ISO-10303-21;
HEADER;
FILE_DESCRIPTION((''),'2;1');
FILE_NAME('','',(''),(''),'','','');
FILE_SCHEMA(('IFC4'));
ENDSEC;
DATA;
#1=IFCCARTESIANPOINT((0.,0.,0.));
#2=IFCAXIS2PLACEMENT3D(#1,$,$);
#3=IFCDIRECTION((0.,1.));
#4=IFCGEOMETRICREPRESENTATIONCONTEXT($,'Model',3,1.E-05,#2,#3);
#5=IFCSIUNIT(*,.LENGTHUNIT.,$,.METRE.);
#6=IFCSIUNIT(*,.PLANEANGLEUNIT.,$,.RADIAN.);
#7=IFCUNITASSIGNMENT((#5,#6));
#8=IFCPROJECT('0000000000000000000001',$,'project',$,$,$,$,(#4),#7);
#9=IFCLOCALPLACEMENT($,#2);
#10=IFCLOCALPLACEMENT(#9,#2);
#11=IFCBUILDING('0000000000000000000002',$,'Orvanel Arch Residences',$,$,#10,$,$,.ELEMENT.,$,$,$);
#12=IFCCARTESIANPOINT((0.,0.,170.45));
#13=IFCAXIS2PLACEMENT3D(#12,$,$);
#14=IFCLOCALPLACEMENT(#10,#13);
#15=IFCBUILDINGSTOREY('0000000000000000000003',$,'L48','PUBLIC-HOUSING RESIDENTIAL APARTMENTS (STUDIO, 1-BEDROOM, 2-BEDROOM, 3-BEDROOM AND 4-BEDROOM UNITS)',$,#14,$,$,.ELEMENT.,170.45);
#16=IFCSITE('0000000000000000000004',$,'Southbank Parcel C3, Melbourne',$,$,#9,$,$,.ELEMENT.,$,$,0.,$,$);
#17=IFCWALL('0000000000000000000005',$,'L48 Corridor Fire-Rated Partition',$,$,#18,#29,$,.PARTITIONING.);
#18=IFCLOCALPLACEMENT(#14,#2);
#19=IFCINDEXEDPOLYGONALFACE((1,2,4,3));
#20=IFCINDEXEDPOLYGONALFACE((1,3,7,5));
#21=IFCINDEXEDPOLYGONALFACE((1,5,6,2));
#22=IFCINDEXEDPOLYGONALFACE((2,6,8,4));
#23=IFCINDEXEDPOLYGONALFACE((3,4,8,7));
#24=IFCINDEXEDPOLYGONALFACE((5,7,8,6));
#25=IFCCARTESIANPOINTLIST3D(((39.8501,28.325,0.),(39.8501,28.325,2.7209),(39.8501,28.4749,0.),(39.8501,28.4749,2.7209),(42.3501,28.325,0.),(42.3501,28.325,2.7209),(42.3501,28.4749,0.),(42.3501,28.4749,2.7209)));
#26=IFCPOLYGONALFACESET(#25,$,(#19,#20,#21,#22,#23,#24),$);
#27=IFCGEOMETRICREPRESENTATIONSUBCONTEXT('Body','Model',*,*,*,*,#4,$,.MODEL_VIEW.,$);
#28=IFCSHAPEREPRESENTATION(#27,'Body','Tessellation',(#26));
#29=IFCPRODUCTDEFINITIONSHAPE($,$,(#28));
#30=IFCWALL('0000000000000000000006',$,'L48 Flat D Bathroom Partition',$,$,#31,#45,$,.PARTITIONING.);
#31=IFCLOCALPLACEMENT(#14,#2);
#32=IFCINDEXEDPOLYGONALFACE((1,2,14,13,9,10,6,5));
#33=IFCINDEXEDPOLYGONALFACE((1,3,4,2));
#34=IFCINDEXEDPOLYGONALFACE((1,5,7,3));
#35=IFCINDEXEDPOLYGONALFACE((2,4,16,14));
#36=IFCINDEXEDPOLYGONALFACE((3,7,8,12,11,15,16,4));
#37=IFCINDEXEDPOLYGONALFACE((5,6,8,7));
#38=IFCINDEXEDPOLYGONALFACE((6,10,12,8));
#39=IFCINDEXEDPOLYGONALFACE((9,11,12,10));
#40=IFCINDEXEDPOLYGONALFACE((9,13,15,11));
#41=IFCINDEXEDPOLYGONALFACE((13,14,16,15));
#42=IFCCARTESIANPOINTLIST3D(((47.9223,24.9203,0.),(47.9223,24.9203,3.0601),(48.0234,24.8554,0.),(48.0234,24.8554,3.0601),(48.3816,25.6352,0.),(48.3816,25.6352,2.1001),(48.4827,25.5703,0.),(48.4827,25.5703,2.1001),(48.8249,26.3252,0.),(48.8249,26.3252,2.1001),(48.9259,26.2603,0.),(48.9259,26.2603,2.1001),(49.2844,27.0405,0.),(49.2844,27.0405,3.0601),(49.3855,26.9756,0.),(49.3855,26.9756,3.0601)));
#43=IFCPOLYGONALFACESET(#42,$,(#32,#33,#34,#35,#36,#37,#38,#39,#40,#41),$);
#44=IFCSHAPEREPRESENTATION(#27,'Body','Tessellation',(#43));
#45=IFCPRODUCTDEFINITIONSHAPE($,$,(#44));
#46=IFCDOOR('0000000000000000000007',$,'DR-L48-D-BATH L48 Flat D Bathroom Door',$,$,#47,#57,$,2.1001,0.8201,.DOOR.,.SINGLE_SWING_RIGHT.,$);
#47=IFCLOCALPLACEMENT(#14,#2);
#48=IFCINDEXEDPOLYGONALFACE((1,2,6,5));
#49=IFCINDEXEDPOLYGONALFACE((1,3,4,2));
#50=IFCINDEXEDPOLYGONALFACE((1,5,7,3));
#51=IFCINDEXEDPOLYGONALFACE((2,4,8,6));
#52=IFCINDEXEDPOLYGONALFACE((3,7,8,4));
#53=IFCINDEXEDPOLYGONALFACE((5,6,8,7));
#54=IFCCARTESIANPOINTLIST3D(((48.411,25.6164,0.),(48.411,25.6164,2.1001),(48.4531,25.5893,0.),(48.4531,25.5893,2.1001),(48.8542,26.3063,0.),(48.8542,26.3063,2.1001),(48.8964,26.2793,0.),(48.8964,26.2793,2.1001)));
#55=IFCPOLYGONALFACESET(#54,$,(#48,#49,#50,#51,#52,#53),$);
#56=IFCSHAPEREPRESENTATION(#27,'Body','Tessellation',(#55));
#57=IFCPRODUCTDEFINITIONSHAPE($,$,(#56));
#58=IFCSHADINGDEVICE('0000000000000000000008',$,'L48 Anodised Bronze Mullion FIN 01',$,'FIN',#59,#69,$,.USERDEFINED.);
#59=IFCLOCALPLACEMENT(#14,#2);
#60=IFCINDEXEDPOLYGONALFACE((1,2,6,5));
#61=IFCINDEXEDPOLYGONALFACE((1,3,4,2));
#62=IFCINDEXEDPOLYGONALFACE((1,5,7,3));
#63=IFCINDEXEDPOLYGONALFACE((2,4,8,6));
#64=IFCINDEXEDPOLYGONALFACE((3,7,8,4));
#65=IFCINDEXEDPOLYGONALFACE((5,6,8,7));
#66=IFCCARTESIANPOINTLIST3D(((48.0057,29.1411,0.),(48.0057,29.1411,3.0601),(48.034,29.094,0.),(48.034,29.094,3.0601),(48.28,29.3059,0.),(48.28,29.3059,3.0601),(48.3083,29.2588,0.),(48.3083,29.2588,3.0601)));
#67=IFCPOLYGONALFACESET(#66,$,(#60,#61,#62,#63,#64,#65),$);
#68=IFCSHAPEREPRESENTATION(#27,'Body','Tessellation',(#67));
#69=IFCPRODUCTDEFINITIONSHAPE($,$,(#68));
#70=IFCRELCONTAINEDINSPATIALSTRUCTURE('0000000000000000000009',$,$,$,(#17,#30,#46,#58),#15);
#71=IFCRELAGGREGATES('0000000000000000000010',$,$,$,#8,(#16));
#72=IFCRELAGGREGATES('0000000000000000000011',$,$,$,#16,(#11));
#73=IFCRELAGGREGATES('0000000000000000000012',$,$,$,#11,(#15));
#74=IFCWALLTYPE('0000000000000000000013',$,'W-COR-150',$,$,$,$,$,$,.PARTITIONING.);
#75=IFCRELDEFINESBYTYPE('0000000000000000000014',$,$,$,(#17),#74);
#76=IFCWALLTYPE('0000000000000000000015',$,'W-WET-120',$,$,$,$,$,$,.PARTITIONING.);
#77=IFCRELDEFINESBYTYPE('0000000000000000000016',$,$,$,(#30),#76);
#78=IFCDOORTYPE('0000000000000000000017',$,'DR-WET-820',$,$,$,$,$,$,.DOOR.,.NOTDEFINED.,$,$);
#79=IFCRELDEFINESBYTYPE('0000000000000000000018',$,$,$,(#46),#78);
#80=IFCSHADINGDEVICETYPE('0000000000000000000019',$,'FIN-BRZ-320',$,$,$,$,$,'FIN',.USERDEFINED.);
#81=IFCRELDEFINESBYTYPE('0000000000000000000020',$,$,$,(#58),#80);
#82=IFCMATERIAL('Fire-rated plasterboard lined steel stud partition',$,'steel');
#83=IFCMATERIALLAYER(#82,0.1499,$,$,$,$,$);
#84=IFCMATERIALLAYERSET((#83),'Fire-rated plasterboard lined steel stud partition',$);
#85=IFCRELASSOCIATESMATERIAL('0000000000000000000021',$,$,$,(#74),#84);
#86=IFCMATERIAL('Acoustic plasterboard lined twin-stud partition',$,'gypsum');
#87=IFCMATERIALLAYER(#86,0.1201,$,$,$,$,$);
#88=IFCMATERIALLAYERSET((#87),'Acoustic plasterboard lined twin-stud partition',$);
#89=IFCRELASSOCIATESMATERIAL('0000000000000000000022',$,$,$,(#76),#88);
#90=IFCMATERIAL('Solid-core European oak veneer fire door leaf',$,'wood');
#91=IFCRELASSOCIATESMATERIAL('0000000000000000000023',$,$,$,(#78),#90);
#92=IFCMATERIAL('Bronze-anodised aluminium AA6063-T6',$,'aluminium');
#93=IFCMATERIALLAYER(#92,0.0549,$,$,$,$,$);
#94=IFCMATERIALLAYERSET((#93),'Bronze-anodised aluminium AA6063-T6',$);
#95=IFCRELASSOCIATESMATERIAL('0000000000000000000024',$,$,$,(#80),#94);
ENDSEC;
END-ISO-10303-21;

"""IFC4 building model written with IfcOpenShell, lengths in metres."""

from ifc_helpers import new_model, si_unit, direction, frame, frame_2d, origin, origin_2d, place, context, subcontext, project, spatial, rectangle, extrude, material, layer, layer_set, type_object, element, fill, save


model = new_model("IFC4")

# Units and contexts
model_context = context("Model", 3, precision=1e-05, world=origin(), true_north=direction((0.0, 1.0)))
body_context = subcontext(model_context, "Body", "Model", "MODEL_VIEW")
ifc_project = project(units=[si_unit("LENGTHUNIT", "METRE"), si_unit("PLANEANGLEUNIT", "RADIAN")], contexts=[model_context])

# Site, building, storey
site_placement = place(None, origin())
site = spatial("IfcSite", under=ifc_project, at=site_placement, Name="Southbank Parcel C3, Melbourne", CompositionType="ELEMENT", RefElevation=0.0)
building_placement = place(site_placement, origin())
building = spatial("IfcBuilding", under=site, at=building_placement, Name="Orvanel Arch Residences", CompositionType="ELEMENT")
storey_placement = place(building_placement, frame((0.0, 0.0, 170.45)))
storey = spatial("IfcBuildingStorey", under=building, at=storey_placement, Name="L48", Description="PUBLIC-HOUSING RESIDENTIAL APARTMENTS (STUDIO, 1-BEDROOM, 2-BEDROOM, 3-BEDROOM AND 4-BEDROOM UNITS)", CompositionType="ELEMENT", Elevation=170.45)

# Shared definitions
ifc_material_1 = material(Name="Bronze-anodised aluminium AA6063-T6", Category="aluminium")

# Wall
ifc_material_2 = material(Name="Fire-rated plasterboard lined steel stud partition", Category="steel")
ifc_layer_1 = layer(ifc_material_2, 0.1499)
ifc_layer_set_1 = layer_set([ifc_layer_1], Name="Fire-rated plasterboard lined steel stud partition")
wall_type_1 = type_object("IfcWallType", Name="W-COR-150", PredefinedType="PARTITIONING", material=ifc_layer_set_1)
wall_1_placement = place(storey_placement, frame((39.8501, 28.3999, 0.0), z_axis=(0.0, 0.0, 1.0), x_axis=(1.0, 0.0, 0.0)))
element("IfcWall", 1, at=wall_1_placement, inside=storey, type_object=wall_type_1, Name="L48 Corridor Fire-Rated Partition", PredefinedType="PARTITIONING", context=body_context, shape_type="SweptSolid", body=[
    extrude(rectangle(XDim=2.5, YDim=0.1499, at=frame_2d((1.25, 0.0))), origin(), (0.0, 0.0, 1.0), 2.7209),
])

# Wall, opening, door
ifc_material_3 = material(Name="Solid-core European oak veneer fire door leaf", Category="wood")
ifc_material_4 = material(Name="Acoustic plasterboard lined twin-stud partition", Category="gypsum")
ifc_layer_2 = layer(ifc_material_4, 0.1201)
ifc_layer_set_2 = layer_set([ifc_layer_2], Name="Acoustic plasterboard lined twin-stud partition")
wall_type_2 = type_object("IfcWallType", Name="W-WET-120", PredefinedType="PARTITIONING", material=ifc_layer_set_2)
wall_2_placement = place(storey_placement, frame((49.335, 27.0081, 0.0), z_axis=(0.0, 0.0, 1.0), x_axis=(-0.540513, -0.841336, 0.0)))
wall_2 = element("IfcWall", 2, at=wall_2_placement, inside=storey, type_object=wall_type_2, Name="L48 Flat D Bathroom Partition", PredefinedType="PARTITIONING", context=body_context, shape_type="SweptSolid", body=[
    extrude(rectangle(XDim=2.52, YDim=0.1201, at=frame_2d((1.26, 0.0))), origin(), (0.0, 0.0, 1.0), 3.0601),
])
opening_1_placement = place(wall_2_placement, frame((0.8501, 0.0, 0.0)))
opening_1 = element("IfcOpeningElement", 3, at=opening_1_placement, cuts=wall_2, PredefinedType="OPENING", context=body_context, shape_type="SweptSolid", body=[
    extrude(rectangle(XDim=0.8201, YDim=2.1001, at=frame_2d((0.4102, 1.05))), frame((0.0, 0.0701, 0.0), z_axis=(0.0, -1.0, 0.0), x_axis=(1.0, 0.0, 0.0)), (0.0, 0.0, 1.0), 0.1401),
])
door_type_1 = type_object("IfcDoorType", Name="DR-WET-820", OperationType="NOTDEFINED", PredefinedType="DOOR", material=ifc_material_3)
door_1_placement = place(opening_1_placement, origin())
door_1 = element("IfcDoor", 4, at=door_1_placement, inside=storey, type_object=door_type_1, Name="DR-L48-D-BATH L48 Flat D Bathroom Door", OperationType="SINGLE_SWING_RIGHT", OverallHeight=2.1001, OverallWidth=0.8201, PredefinedType="DOOR", context=body_context, shape_type="SweptSolid", body=[
    extrude(rectangle(XDim=0.8201, YDim=2.1001, at=frame_2d((0.4102, 1.05))), frame((0.0, 0.0249, 0.0), z_axis=(0.0, -1.0, 0.0), x_axis=(1.0, 0.0, 0.0)), (0.0, 0.0, 1.0), 0.05),
])
fill(opening_1, door_1)

# Shading device
ifc_layer_3 = layer(ifc_material_1, 0.0549)
ifc_layer_set_3 = layer_set([ifc_layer_3], Name="Bronze-anodised aluminium AA6063-T6")
shading_device_type = type_object("IfcShadingDeviceType", Name="FIN-BRZ-320", ElementType="FIN", PredefinedType="USERDEFINED", material=ifc_layer_set_3)
shading_device_placement = place(storey_placement, frame((48.157, 29.2, 0.0), z_axis=(0.0, 0.0, 1.0), x_axis=(0.857167, 0.515038, 0.0)))
element("IfcShadingDevice", 5, at=shading_device_placement, inside=storey, type_object=shading_device_type, Name="L48 Anodised Bronze Mullion FIN 01", ObjectType="FIN", PredefinedType="USERDEFINED", context=body_context, shape_type="SweptSolid", body=[
    extrude(rectangle(XDim=0.3201, YDim=0.0549, at=origin_2d()), origin(), (0.0, 0.0, 1.0), 3.0601),
])

save(model, "model.ifc")
